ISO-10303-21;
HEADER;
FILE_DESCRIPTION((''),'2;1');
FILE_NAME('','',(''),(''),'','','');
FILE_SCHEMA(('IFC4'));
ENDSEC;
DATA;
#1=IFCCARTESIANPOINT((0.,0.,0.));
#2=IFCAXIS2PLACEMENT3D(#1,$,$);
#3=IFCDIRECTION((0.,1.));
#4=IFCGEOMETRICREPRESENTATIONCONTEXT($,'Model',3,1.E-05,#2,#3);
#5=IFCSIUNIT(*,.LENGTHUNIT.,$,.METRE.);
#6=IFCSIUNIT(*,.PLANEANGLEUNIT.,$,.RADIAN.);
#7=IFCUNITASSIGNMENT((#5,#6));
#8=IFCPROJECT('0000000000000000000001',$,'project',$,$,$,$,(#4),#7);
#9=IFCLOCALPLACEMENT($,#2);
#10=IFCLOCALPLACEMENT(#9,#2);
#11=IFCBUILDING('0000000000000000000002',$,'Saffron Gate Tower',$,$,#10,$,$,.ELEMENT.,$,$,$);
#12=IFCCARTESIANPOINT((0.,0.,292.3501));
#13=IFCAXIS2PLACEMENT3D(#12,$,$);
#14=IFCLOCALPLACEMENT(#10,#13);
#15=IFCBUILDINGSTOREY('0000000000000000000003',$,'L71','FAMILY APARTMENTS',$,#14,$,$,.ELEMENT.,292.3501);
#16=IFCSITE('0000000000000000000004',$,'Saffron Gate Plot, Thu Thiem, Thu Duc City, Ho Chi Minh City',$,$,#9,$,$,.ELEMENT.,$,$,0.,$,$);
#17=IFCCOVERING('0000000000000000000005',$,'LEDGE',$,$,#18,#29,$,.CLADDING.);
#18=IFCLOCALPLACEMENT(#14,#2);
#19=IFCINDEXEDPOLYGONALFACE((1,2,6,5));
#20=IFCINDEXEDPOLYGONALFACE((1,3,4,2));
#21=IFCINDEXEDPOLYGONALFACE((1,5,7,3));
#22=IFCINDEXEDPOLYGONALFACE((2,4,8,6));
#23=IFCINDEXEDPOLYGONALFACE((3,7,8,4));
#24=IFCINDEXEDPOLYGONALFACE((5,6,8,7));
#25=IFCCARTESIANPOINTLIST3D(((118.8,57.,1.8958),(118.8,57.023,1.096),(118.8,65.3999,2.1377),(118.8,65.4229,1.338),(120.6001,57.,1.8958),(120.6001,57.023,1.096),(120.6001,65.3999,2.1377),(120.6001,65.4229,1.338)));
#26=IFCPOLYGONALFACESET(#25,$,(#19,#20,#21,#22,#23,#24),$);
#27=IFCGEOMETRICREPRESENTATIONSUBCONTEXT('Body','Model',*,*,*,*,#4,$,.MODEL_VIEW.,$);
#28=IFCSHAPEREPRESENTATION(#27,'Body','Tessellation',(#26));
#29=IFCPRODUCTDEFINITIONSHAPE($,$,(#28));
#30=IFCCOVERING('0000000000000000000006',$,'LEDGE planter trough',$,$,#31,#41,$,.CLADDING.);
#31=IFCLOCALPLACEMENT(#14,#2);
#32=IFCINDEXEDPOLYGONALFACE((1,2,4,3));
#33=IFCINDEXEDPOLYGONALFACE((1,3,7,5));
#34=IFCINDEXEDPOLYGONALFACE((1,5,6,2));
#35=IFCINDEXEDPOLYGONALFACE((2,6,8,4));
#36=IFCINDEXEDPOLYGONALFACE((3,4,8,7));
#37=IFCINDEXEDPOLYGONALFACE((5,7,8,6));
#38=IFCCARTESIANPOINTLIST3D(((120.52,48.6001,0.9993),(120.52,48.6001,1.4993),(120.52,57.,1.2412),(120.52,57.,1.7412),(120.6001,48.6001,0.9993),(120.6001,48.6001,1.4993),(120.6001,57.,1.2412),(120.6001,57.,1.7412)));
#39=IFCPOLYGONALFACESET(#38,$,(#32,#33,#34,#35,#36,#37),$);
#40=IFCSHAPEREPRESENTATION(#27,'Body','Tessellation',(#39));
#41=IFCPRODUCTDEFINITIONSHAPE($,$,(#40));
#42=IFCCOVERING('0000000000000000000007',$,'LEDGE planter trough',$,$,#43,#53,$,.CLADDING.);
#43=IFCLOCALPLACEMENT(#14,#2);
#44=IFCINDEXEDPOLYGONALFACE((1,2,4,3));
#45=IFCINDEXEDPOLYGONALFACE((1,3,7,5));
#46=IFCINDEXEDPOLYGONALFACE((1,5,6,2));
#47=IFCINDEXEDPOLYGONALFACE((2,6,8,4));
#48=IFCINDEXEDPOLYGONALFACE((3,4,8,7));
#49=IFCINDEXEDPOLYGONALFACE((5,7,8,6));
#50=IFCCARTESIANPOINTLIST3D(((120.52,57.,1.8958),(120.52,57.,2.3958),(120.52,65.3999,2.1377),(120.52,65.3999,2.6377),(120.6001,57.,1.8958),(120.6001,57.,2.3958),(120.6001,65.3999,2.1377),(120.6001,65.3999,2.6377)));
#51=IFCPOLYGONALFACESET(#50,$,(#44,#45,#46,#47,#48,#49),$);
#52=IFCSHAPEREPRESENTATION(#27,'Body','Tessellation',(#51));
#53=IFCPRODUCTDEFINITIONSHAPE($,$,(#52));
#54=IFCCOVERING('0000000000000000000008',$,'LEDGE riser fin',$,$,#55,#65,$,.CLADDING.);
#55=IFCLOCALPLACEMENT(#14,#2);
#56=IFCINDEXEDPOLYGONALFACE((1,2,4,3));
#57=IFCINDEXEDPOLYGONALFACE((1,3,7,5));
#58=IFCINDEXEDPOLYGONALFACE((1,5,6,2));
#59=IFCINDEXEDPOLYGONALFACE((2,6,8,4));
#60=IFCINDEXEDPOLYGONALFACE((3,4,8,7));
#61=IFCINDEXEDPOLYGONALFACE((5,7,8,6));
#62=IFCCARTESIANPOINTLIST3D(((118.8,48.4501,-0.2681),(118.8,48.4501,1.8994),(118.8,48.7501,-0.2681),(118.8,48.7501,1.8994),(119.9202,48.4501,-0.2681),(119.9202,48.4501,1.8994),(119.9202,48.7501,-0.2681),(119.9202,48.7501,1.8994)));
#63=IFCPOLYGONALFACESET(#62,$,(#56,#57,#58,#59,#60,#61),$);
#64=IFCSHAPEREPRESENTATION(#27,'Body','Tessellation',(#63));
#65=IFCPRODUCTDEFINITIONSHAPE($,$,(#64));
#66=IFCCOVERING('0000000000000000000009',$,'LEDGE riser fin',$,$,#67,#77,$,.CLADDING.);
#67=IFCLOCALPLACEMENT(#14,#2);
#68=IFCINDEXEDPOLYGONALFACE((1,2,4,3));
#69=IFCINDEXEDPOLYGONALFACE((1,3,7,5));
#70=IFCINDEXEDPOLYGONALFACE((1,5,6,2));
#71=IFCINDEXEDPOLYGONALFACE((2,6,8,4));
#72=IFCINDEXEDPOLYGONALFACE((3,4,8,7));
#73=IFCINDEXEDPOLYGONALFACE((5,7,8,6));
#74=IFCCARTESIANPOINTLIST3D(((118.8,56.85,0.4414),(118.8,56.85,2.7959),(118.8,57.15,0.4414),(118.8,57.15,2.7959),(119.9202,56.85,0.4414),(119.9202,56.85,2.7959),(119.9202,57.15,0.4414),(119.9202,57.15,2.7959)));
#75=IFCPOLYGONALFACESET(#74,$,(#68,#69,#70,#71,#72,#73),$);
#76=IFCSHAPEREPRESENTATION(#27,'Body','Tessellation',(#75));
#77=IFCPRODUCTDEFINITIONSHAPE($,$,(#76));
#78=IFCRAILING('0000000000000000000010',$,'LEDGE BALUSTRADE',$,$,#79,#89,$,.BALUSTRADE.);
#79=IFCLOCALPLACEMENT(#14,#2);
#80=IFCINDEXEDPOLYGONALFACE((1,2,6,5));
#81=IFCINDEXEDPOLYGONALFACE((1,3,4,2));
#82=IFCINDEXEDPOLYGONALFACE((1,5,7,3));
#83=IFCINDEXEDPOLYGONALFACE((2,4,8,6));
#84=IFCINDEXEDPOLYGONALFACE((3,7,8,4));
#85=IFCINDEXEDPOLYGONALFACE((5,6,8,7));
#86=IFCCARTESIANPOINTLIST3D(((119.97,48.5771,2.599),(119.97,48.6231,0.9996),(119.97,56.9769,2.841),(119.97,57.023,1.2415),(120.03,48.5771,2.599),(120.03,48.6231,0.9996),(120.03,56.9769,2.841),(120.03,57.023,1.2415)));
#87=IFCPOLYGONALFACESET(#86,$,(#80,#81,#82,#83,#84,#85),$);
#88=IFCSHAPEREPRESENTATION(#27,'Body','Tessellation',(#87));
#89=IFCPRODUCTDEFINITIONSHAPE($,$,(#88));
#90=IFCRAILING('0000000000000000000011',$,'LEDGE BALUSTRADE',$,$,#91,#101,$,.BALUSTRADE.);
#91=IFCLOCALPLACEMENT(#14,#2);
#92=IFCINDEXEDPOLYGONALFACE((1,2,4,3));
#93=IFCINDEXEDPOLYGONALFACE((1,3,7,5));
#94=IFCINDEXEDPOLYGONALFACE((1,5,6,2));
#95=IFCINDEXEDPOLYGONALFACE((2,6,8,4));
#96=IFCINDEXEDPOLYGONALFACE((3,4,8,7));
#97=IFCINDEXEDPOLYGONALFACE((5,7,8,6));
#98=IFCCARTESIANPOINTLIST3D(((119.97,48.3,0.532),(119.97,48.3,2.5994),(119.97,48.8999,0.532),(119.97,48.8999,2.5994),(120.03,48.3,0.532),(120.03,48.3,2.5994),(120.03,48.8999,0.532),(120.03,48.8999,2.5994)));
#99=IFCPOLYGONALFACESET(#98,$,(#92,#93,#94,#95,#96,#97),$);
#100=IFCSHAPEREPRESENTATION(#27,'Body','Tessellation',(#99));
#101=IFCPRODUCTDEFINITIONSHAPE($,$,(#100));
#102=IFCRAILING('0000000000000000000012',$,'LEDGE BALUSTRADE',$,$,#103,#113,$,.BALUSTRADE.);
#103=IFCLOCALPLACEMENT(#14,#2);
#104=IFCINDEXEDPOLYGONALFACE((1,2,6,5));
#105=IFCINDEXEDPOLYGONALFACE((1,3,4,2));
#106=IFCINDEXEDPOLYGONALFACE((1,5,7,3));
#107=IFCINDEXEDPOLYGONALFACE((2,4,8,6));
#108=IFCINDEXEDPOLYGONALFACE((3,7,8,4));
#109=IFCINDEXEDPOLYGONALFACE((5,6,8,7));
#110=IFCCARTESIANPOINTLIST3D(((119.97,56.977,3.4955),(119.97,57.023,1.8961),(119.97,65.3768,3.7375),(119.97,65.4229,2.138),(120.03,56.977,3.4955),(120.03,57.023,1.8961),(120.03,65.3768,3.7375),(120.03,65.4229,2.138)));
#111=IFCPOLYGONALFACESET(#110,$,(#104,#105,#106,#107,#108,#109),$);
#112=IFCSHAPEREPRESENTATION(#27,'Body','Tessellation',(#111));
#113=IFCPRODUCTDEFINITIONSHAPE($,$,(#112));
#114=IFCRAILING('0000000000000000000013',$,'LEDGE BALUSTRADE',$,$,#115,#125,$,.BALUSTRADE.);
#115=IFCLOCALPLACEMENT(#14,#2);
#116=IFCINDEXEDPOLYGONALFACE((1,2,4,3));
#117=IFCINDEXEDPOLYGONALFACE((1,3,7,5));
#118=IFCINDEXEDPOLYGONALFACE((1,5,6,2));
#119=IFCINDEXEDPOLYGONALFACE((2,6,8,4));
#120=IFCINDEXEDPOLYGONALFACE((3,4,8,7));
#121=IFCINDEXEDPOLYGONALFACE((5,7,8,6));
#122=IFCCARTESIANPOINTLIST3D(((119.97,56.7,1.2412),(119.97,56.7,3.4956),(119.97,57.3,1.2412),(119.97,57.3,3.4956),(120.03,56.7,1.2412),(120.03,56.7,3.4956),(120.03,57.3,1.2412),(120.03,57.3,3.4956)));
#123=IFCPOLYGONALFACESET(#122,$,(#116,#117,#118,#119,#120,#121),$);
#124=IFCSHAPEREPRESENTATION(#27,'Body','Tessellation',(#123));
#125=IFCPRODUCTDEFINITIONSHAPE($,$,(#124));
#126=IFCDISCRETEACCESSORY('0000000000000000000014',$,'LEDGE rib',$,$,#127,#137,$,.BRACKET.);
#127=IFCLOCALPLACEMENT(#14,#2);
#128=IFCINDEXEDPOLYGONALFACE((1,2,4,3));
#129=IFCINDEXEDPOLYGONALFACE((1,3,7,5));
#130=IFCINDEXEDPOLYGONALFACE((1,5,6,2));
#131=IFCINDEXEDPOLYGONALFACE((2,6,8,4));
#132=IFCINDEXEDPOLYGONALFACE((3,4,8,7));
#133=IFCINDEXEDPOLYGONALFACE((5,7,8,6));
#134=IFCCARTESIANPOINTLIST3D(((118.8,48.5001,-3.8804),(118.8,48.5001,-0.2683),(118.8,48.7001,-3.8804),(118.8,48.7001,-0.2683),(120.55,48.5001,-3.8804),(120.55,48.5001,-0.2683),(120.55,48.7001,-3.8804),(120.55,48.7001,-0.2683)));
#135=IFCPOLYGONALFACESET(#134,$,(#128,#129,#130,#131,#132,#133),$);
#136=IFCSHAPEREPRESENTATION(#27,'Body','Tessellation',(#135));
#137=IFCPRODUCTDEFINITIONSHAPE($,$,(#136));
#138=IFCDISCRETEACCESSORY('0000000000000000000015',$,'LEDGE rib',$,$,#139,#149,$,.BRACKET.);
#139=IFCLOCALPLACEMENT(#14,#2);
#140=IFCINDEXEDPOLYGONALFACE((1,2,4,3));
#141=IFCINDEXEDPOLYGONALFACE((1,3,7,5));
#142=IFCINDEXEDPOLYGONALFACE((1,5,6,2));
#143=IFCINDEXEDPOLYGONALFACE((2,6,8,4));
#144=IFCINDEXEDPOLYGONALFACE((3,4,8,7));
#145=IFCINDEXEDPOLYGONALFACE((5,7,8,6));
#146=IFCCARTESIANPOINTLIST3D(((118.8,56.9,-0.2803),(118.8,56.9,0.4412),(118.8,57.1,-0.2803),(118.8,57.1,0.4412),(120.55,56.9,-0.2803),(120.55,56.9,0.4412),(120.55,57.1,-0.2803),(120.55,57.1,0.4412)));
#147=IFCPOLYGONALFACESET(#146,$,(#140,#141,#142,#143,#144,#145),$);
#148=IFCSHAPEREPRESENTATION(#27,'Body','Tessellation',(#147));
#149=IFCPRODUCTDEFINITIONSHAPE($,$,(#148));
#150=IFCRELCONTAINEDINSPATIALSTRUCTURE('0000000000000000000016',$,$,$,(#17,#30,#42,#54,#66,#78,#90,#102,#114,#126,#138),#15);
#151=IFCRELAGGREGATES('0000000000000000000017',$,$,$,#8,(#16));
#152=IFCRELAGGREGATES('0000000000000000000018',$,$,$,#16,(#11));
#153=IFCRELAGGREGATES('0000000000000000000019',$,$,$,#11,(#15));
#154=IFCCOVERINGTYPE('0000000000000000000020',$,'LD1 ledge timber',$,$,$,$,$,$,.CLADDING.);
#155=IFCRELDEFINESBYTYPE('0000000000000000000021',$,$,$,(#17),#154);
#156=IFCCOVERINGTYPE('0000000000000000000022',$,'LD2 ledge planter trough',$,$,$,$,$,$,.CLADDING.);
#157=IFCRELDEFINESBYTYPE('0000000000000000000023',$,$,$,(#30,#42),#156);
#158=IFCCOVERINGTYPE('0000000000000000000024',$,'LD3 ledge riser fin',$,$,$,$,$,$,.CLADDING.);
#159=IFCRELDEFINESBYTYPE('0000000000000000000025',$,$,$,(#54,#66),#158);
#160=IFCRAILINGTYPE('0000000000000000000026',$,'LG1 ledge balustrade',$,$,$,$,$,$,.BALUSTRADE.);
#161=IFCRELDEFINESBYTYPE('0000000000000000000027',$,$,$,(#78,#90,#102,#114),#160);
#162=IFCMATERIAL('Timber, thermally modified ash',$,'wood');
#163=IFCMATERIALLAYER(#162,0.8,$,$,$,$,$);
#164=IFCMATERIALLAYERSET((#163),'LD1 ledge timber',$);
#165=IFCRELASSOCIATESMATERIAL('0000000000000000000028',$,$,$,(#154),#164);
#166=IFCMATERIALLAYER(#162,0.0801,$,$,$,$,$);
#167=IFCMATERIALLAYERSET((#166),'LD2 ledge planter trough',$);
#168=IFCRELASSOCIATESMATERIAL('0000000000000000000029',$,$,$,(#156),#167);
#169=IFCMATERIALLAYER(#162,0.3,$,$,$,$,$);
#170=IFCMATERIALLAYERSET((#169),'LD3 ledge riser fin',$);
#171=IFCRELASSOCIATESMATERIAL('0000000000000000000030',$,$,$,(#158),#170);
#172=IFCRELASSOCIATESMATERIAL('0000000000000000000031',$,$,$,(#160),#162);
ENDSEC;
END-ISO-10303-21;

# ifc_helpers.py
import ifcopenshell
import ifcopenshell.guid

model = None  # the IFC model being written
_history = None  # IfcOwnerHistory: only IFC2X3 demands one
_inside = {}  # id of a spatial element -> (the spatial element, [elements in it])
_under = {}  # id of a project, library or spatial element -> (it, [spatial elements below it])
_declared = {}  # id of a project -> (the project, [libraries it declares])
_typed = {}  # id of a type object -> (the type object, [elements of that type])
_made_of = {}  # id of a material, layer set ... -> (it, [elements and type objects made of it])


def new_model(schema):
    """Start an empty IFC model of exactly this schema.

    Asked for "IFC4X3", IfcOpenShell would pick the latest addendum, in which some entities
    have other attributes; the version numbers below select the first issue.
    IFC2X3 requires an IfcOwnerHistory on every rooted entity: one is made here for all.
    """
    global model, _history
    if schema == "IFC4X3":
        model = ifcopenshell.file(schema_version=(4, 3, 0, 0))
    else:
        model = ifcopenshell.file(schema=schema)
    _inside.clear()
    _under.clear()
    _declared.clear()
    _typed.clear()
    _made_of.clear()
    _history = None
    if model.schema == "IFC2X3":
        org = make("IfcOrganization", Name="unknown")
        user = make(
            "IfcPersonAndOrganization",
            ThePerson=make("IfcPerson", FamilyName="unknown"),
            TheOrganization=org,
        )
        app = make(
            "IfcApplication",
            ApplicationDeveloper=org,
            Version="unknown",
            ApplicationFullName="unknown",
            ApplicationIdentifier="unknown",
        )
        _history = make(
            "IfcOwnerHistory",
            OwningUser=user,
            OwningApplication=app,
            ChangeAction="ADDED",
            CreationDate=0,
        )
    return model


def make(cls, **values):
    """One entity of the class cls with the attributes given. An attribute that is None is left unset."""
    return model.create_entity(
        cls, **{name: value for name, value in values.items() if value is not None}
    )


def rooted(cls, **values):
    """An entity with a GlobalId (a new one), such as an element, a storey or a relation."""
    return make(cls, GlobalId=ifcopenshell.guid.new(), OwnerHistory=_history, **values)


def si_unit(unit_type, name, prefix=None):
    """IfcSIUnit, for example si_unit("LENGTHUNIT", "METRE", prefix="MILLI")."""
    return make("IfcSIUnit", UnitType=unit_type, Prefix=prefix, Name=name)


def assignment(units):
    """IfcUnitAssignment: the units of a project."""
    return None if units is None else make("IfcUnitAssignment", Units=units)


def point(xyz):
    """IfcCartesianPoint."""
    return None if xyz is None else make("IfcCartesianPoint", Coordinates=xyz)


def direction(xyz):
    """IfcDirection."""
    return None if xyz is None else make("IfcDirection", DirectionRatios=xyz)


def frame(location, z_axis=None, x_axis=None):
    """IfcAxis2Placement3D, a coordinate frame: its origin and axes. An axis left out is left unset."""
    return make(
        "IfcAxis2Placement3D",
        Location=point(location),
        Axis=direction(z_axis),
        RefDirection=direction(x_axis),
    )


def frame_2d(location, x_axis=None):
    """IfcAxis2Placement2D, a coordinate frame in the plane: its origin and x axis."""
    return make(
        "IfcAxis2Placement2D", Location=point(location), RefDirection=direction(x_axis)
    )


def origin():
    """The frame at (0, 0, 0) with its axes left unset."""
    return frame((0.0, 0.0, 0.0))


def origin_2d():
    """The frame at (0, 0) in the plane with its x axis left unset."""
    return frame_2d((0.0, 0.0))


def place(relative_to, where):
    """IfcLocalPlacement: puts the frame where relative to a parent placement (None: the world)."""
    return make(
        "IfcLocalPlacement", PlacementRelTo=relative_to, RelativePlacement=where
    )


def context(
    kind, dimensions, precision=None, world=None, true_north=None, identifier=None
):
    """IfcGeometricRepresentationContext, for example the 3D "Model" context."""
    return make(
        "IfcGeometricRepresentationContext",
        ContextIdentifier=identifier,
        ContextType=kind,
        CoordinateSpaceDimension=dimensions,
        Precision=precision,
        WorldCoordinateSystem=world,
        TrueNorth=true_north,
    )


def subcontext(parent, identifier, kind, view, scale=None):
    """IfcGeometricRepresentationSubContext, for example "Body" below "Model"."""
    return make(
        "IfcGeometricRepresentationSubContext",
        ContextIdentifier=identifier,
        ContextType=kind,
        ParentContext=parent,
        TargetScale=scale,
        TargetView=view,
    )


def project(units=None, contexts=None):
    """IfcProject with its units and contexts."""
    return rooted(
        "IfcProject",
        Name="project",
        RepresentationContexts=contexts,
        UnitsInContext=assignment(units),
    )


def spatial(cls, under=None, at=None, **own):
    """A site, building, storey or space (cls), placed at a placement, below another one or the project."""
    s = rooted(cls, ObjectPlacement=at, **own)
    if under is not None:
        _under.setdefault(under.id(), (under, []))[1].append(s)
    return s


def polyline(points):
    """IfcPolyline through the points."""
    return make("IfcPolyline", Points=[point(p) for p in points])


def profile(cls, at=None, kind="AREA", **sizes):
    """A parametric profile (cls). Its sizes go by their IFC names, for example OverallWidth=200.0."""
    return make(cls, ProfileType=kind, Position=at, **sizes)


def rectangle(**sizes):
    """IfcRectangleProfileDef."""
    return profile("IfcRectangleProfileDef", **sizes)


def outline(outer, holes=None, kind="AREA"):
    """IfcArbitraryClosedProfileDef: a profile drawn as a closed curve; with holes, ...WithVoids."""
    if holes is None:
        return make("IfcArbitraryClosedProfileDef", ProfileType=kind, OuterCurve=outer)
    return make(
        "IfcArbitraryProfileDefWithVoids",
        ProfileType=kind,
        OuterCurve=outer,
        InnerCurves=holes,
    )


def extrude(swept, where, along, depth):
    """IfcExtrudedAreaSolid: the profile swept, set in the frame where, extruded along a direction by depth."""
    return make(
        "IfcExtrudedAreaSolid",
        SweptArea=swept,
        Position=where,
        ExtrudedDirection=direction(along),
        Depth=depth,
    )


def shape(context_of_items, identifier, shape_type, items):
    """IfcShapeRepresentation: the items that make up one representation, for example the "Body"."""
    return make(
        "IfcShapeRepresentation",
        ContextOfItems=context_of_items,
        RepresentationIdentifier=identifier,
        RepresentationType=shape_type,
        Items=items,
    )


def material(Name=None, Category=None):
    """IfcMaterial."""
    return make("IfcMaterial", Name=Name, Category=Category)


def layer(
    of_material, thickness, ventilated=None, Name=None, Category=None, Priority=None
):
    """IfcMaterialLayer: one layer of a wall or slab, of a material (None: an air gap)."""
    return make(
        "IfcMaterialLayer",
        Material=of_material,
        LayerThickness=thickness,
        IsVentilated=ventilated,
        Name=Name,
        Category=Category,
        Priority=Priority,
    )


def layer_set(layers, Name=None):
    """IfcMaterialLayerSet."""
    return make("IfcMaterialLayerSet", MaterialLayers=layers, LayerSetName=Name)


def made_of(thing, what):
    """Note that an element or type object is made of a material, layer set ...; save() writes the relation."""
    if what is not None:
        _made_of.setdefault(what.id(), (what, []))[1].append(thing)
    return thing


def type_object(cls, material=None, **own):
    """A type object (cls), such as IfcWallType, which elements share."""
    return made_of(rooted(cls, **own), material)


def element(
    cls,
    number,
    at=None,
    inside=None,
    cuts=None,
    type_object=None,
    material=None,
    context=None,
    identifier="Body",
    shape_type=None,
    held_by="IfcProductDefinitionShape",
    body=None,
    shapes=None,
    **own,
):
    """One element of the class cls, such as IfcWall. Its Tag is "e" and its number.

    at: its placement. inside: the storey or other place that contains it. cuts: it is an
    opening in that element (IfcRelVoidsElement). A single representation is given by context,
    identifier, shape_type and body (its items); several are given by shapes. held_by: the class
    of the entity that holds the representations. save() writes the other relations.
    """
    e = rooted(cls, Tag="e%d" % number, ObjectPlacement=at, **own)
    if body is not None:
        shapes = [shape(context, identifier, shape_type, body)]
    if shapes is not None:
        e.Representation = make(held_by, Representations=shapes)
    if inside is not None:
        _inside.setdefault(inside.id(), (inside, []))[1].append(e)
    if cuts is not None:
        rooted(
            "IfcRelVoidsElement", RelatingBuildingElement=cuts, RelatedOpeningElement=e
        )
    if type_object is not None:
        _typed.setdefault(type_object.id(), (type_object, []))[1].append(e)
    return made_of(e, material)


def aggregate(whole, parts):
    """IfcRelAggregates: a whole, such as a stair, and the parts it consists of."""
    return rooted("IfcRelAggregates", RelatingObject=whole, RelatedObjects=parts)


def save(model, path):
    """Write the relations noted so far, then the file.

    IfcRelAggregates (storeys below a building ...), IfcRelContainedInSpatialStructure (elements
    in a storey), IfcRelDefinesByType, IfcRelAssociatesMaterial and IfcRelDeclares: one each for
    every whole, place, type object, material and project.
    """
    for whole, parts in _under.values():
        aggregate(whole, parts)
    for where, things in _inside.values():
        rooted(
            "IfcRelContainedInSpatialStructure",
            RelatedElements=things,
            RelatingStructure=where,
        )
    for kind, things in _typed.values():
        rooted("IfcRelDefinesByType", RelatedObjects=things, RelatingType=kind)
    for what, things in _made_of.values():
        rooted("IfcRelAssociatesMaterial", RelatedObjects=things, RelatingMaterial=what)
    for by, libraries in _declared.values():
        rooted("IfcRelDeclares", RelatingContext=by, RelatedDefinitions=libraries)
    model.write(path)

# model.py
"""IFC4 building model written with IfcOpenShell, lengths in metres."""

from ifc_helpers import new_model, si_unit, direction, frame, origin, origin_2d, place, context, subcontext, project, spatial, polyline, rectangle, outline, extrude, material, layer, layer_set, type_object, element, save


model = new_model("IFC4")

# Units and contexts
model_context = context("Model", 3, precision=1e-05, world=origin(), true_north=direction((0.0, 1.0)))
body_context = subcontext(model_context, "Body", "Model", "MODEL_VIEW")
ifc_project = project(units=[si_unit("LENGTHUNIT", "METRE"), si_unit("PLANEANGLEUNIT", "RADIAN")], contexts=[model_context])

# Site, building, storey
site_placement = place(None, origin())
site = spatial("IfcSite", under=ifc_project, at=site_placement, Name="Saffron Gate Plot, Thu Thiem, Thu Duc City, Ho Chi Minh City", CompositionType="ELEMENT", RefElevation=0.0)
building_placement = place(site_placement, origin())
building = spatial("IfcBuilding", under=site, at=building_placement, Name="Saffron Gate Tower", CompositionType="ELEMENT")
storey_placement = place(building_placement, frame((0.0, 0.0, 292.3501)))
storey = spatial("IfcBuildingStorey", under=building, at=storey_placement, Name="L71", Description="FAMILY APARTMENTS", CompositionType="ELEMENT", Elevation=292.3501)

# Coverings
ifc_material_1 = material(Name="Timber, thermally modified ash", Category="wood")
ifc_layer_1 = layer(ifc_material_1, 0.8)
ifc_layer_set_1 = layer_set([ifc_layer_1], Name="LD1 ledge timber")
covering_type_1 = type_object("IfcCoveringType", Name="LD1 ledge timber", PredefinedType="CLADDING", material=ifc_layer_set_1)
for number, where, z_axis, x_axis, name in (
    (1, (118.8, 57.0, 1.8958), (0.0, -0.028791, 0.999585), (0.0, 0.999585, 0.028791), "LEDGE"),
):
    element("IfcCovering", number, at=place(storey_placement, frame(where, z_axis=z_axis, x_axis=x_axis)), inside=storey, type_object=covering_type_1, Name=name, PredefinedType="CLADDING", context=body_context, shape_type="SweptSolid", body=[
        extrude(outline(polyline([(0.0, 0.0), (8.4034, 0.0), (8.4034, -1.8), (0.0, -1.8), (0.0, 0.0)])), origin(), (0.0, 0.0, -1.0), 0.8),
    ])
ifc_layer_2 = layer(ifc_material_1, 0.0801)
ifc_layer_set_2 = layer_set([ifc_layer_2], Name="LD2 ledge planter trough")
covering_type_2 = type_object("IfcCoveringType", Name="LD2 ledge planter trough", PredefinedType="CLADDING", material=ifc_layer_set_2)
for number, where, z_axis, x_axis, name in (
    (2, (120.6001, 48.6001, 0.9993), (1.0, 0.0, 0.0), (0.0, 0.999585, 0.028791), "LEDGE planter trough"),
    (3, (120.6001, 57.0, 1.8958), (1.0, 0.0, 0.0), (0.0, 0.999585, 0.028791), "LEDGE planter trough"),
):
    element("IfcCovering", number, at=place(storey_placement, frame(where, z_axis=z_axis, x_axis=x_axis)), inside=storey, type_object=covering_type_2, Name=name, PredefinedType="CLADDING", context=body_context, shape_type="SweptSolid", body=[
        extrude(outline(polyline([(0.0, 0.0), (8.4034, 0.0), (8.4178, 0.4998), (0.0144, 0.4998), (0.0, 0.0)])), origin(), (0.0, 0.0, -1.0), 0.0801),
    ])
ifc_layer_3 = layer(ifc_material_1, 0.3)
ifc_layer_set_3 = layer_set([ifc_layer_3], Name="LD3 ledge riser fin")
covering_type_3 = type_object("IfcCoveringType", Name="LD3 ledge riser fin", PredefinedType="CLADDING", material=ifc_layer_set_3)
covering_1_placement = place(storey_placement, frame((119.3601, 48.6001, -0.2681), z_axis=(0.0, 0.0, 1.0), x_axis=(0.0, 1.0, 0.0)))
element("IfcCovering", 4, at=covering_1_placement, inside=storey, type_object=covering_type_3, Name="LEDGE riser fin", PredefinedType="CLADDING", context=body_context, shape_type="SweptSolid", body=[
    extrude(rectangle(XDim=0.3, YDim=1.1201, at=origin_2d()), origin(), (0.0, 0.0, 1.0), 2.1675),
])
covering_2_placement = place(storey_placement, frame((119.3601, 57.0, 0.4414), z_axis=(0.0, 0.0, 1.0), x_axis=(0.0, 1.0, 0.0)))
element("IfcCovering", 5, at=covering_2_placement, inside=storey, type_object=covering_type_3, Name="LEDGE riser fin", PredefinedType="CLADDING", context=body_context, shape_type="SweptSolid", body=[
    extrude(rectangle(XDim=0.3, YDim=1.1201, at=origin_2d()), origin(), (0.0, 0.0, 1.0), 2.3545),
])

# Railings
railing_type = type_object("IfcRailingType", Name="LG1 ledge balustrade", PredefinedType="BALUSTRADE", material=ifc_material_1)
railing_1_placement = place(storey_placement, frame((120.0, 48.6001, 0.9993)))
element("IfcRailing", 6, at=railing_1_placement, inside=storey, type_object=railing_type, Name="LEDGE BALUSTRADE", PredefinedType="BALUSTRADE", context=body_context, shape_type="SweptSolid", body=[
    extrude(rectangle(XDim=0.0601, YDim=1.6001, at=origin_2d()), frame((0.0, 0.0, 0.8), z_axis=(0.0, 0.999585, 0.028791), x_axis=(-1.0, 0.0, 0.0)), (0.0, 0.0, 1.0), 8.4033),
])
railing_2_placement = place(storey_placement, frame((120.0, 48.3, 0.532)))
element("IfcRailing", 7, at=railing_2_placement, inside=storey, type_object=railing_type, Name="LEDGE BALUSTRADE", PredefinedType="BALUSTRADE", context=body_context, shape_type="SweptSolid", body=[
    extrude(rectangle(XDim=0.0601, YDim=2.0674, at=origin_2d()), frame((0.0, 0.0, 1.0337), z_axis=(0.0, 1.0, 0.0), x_axis=(-1.0, 0.0, 0.0)), (0.0, 0.0, 1.0), 0.5999),
])
railing_3_placement = place(storey_placement, frame((120.0, 57.0, 1.8958)))
element("IfcRailing", 8, at=railing_3_placement, inside=storey, type_object=railing_type, Name="LEDGE BALUSTRADE", PredefinedType="BALUSTRADE", context=body_context, shape_type="SweptSolid", body=[
    extrude(rectangle(XDim=0.0601, YDim=1.6001, at=origin_2d()), frame((0.0, 0.0, 0.8), z_axis=(0.0, 0.999585, 0.028791), x_axis=(-1.0, 0.0, 0.0)), (0.0, 0.0, 1.0), 8.4033),
])
railing_4_placement = place(storey_placement, frame((120.0, 56.7, 1.2412)))
element("IfcRailing", 9, at=railing_4_placement, inside=storey, type_object=railing_type, Name="LEDGE BALUSTRADE", PredefinedType="BALUSTRADE", context=body_context, shape_type="SweptSolid", body=[
    extrude(rectangle(XDim=0.0601, YDim=2.2544, at=origin_2d()), frame((0.0, 0.0, 1.1272), z_axis=(0.0, 1.0, 0.0), x_axis=(-1.0, 0.0, 0.0)), (0.0, 0.0, 1.0), 0.6001),
])

# Discrete accessories
discrete_accessory_1_placement = place(storey_placement, frame((119.675, 48.6001, -3.8804), z_axis=(0.0, 0.0, 1.0), x_axis=(0.0, 1.0, 0.0)))
element("IfcDiscreteAccessory", 10, at=discrete_accessory_1_placement, inside=storey, Name="LEDGE rib", PredefinedType="BRACKET", context=body_context, shape_type="SweptSolid", body=[
    extrude(rectangle(XDim=0.2, YDim=1.75, at=origin_2d()), origin(), (0.0, 0.0, 1.0), 3.6121),
])
discrete_accessory_2_placement = place(storey_placement, frame((119.675, 57.0, -0.2803), z_axis=(0.0, 0.0, 1.0), x_axis=(0.0, 1.0, 0.0)))
element("IfcDiscreteAccessory", 11, at=discrete_accessory_2_placement, inside=storey, Name="LEDGE rib", PredefinedType="BRACKET", context=body_context, shape_type="SweptSolid", body=[
    extrude(rectangle(XDim=0.2, YDim=1.75, at=origin_2d()), origin(), (0.0, 0.0, 1.0), 0.7214),
])

save(model, "model.ifc")
